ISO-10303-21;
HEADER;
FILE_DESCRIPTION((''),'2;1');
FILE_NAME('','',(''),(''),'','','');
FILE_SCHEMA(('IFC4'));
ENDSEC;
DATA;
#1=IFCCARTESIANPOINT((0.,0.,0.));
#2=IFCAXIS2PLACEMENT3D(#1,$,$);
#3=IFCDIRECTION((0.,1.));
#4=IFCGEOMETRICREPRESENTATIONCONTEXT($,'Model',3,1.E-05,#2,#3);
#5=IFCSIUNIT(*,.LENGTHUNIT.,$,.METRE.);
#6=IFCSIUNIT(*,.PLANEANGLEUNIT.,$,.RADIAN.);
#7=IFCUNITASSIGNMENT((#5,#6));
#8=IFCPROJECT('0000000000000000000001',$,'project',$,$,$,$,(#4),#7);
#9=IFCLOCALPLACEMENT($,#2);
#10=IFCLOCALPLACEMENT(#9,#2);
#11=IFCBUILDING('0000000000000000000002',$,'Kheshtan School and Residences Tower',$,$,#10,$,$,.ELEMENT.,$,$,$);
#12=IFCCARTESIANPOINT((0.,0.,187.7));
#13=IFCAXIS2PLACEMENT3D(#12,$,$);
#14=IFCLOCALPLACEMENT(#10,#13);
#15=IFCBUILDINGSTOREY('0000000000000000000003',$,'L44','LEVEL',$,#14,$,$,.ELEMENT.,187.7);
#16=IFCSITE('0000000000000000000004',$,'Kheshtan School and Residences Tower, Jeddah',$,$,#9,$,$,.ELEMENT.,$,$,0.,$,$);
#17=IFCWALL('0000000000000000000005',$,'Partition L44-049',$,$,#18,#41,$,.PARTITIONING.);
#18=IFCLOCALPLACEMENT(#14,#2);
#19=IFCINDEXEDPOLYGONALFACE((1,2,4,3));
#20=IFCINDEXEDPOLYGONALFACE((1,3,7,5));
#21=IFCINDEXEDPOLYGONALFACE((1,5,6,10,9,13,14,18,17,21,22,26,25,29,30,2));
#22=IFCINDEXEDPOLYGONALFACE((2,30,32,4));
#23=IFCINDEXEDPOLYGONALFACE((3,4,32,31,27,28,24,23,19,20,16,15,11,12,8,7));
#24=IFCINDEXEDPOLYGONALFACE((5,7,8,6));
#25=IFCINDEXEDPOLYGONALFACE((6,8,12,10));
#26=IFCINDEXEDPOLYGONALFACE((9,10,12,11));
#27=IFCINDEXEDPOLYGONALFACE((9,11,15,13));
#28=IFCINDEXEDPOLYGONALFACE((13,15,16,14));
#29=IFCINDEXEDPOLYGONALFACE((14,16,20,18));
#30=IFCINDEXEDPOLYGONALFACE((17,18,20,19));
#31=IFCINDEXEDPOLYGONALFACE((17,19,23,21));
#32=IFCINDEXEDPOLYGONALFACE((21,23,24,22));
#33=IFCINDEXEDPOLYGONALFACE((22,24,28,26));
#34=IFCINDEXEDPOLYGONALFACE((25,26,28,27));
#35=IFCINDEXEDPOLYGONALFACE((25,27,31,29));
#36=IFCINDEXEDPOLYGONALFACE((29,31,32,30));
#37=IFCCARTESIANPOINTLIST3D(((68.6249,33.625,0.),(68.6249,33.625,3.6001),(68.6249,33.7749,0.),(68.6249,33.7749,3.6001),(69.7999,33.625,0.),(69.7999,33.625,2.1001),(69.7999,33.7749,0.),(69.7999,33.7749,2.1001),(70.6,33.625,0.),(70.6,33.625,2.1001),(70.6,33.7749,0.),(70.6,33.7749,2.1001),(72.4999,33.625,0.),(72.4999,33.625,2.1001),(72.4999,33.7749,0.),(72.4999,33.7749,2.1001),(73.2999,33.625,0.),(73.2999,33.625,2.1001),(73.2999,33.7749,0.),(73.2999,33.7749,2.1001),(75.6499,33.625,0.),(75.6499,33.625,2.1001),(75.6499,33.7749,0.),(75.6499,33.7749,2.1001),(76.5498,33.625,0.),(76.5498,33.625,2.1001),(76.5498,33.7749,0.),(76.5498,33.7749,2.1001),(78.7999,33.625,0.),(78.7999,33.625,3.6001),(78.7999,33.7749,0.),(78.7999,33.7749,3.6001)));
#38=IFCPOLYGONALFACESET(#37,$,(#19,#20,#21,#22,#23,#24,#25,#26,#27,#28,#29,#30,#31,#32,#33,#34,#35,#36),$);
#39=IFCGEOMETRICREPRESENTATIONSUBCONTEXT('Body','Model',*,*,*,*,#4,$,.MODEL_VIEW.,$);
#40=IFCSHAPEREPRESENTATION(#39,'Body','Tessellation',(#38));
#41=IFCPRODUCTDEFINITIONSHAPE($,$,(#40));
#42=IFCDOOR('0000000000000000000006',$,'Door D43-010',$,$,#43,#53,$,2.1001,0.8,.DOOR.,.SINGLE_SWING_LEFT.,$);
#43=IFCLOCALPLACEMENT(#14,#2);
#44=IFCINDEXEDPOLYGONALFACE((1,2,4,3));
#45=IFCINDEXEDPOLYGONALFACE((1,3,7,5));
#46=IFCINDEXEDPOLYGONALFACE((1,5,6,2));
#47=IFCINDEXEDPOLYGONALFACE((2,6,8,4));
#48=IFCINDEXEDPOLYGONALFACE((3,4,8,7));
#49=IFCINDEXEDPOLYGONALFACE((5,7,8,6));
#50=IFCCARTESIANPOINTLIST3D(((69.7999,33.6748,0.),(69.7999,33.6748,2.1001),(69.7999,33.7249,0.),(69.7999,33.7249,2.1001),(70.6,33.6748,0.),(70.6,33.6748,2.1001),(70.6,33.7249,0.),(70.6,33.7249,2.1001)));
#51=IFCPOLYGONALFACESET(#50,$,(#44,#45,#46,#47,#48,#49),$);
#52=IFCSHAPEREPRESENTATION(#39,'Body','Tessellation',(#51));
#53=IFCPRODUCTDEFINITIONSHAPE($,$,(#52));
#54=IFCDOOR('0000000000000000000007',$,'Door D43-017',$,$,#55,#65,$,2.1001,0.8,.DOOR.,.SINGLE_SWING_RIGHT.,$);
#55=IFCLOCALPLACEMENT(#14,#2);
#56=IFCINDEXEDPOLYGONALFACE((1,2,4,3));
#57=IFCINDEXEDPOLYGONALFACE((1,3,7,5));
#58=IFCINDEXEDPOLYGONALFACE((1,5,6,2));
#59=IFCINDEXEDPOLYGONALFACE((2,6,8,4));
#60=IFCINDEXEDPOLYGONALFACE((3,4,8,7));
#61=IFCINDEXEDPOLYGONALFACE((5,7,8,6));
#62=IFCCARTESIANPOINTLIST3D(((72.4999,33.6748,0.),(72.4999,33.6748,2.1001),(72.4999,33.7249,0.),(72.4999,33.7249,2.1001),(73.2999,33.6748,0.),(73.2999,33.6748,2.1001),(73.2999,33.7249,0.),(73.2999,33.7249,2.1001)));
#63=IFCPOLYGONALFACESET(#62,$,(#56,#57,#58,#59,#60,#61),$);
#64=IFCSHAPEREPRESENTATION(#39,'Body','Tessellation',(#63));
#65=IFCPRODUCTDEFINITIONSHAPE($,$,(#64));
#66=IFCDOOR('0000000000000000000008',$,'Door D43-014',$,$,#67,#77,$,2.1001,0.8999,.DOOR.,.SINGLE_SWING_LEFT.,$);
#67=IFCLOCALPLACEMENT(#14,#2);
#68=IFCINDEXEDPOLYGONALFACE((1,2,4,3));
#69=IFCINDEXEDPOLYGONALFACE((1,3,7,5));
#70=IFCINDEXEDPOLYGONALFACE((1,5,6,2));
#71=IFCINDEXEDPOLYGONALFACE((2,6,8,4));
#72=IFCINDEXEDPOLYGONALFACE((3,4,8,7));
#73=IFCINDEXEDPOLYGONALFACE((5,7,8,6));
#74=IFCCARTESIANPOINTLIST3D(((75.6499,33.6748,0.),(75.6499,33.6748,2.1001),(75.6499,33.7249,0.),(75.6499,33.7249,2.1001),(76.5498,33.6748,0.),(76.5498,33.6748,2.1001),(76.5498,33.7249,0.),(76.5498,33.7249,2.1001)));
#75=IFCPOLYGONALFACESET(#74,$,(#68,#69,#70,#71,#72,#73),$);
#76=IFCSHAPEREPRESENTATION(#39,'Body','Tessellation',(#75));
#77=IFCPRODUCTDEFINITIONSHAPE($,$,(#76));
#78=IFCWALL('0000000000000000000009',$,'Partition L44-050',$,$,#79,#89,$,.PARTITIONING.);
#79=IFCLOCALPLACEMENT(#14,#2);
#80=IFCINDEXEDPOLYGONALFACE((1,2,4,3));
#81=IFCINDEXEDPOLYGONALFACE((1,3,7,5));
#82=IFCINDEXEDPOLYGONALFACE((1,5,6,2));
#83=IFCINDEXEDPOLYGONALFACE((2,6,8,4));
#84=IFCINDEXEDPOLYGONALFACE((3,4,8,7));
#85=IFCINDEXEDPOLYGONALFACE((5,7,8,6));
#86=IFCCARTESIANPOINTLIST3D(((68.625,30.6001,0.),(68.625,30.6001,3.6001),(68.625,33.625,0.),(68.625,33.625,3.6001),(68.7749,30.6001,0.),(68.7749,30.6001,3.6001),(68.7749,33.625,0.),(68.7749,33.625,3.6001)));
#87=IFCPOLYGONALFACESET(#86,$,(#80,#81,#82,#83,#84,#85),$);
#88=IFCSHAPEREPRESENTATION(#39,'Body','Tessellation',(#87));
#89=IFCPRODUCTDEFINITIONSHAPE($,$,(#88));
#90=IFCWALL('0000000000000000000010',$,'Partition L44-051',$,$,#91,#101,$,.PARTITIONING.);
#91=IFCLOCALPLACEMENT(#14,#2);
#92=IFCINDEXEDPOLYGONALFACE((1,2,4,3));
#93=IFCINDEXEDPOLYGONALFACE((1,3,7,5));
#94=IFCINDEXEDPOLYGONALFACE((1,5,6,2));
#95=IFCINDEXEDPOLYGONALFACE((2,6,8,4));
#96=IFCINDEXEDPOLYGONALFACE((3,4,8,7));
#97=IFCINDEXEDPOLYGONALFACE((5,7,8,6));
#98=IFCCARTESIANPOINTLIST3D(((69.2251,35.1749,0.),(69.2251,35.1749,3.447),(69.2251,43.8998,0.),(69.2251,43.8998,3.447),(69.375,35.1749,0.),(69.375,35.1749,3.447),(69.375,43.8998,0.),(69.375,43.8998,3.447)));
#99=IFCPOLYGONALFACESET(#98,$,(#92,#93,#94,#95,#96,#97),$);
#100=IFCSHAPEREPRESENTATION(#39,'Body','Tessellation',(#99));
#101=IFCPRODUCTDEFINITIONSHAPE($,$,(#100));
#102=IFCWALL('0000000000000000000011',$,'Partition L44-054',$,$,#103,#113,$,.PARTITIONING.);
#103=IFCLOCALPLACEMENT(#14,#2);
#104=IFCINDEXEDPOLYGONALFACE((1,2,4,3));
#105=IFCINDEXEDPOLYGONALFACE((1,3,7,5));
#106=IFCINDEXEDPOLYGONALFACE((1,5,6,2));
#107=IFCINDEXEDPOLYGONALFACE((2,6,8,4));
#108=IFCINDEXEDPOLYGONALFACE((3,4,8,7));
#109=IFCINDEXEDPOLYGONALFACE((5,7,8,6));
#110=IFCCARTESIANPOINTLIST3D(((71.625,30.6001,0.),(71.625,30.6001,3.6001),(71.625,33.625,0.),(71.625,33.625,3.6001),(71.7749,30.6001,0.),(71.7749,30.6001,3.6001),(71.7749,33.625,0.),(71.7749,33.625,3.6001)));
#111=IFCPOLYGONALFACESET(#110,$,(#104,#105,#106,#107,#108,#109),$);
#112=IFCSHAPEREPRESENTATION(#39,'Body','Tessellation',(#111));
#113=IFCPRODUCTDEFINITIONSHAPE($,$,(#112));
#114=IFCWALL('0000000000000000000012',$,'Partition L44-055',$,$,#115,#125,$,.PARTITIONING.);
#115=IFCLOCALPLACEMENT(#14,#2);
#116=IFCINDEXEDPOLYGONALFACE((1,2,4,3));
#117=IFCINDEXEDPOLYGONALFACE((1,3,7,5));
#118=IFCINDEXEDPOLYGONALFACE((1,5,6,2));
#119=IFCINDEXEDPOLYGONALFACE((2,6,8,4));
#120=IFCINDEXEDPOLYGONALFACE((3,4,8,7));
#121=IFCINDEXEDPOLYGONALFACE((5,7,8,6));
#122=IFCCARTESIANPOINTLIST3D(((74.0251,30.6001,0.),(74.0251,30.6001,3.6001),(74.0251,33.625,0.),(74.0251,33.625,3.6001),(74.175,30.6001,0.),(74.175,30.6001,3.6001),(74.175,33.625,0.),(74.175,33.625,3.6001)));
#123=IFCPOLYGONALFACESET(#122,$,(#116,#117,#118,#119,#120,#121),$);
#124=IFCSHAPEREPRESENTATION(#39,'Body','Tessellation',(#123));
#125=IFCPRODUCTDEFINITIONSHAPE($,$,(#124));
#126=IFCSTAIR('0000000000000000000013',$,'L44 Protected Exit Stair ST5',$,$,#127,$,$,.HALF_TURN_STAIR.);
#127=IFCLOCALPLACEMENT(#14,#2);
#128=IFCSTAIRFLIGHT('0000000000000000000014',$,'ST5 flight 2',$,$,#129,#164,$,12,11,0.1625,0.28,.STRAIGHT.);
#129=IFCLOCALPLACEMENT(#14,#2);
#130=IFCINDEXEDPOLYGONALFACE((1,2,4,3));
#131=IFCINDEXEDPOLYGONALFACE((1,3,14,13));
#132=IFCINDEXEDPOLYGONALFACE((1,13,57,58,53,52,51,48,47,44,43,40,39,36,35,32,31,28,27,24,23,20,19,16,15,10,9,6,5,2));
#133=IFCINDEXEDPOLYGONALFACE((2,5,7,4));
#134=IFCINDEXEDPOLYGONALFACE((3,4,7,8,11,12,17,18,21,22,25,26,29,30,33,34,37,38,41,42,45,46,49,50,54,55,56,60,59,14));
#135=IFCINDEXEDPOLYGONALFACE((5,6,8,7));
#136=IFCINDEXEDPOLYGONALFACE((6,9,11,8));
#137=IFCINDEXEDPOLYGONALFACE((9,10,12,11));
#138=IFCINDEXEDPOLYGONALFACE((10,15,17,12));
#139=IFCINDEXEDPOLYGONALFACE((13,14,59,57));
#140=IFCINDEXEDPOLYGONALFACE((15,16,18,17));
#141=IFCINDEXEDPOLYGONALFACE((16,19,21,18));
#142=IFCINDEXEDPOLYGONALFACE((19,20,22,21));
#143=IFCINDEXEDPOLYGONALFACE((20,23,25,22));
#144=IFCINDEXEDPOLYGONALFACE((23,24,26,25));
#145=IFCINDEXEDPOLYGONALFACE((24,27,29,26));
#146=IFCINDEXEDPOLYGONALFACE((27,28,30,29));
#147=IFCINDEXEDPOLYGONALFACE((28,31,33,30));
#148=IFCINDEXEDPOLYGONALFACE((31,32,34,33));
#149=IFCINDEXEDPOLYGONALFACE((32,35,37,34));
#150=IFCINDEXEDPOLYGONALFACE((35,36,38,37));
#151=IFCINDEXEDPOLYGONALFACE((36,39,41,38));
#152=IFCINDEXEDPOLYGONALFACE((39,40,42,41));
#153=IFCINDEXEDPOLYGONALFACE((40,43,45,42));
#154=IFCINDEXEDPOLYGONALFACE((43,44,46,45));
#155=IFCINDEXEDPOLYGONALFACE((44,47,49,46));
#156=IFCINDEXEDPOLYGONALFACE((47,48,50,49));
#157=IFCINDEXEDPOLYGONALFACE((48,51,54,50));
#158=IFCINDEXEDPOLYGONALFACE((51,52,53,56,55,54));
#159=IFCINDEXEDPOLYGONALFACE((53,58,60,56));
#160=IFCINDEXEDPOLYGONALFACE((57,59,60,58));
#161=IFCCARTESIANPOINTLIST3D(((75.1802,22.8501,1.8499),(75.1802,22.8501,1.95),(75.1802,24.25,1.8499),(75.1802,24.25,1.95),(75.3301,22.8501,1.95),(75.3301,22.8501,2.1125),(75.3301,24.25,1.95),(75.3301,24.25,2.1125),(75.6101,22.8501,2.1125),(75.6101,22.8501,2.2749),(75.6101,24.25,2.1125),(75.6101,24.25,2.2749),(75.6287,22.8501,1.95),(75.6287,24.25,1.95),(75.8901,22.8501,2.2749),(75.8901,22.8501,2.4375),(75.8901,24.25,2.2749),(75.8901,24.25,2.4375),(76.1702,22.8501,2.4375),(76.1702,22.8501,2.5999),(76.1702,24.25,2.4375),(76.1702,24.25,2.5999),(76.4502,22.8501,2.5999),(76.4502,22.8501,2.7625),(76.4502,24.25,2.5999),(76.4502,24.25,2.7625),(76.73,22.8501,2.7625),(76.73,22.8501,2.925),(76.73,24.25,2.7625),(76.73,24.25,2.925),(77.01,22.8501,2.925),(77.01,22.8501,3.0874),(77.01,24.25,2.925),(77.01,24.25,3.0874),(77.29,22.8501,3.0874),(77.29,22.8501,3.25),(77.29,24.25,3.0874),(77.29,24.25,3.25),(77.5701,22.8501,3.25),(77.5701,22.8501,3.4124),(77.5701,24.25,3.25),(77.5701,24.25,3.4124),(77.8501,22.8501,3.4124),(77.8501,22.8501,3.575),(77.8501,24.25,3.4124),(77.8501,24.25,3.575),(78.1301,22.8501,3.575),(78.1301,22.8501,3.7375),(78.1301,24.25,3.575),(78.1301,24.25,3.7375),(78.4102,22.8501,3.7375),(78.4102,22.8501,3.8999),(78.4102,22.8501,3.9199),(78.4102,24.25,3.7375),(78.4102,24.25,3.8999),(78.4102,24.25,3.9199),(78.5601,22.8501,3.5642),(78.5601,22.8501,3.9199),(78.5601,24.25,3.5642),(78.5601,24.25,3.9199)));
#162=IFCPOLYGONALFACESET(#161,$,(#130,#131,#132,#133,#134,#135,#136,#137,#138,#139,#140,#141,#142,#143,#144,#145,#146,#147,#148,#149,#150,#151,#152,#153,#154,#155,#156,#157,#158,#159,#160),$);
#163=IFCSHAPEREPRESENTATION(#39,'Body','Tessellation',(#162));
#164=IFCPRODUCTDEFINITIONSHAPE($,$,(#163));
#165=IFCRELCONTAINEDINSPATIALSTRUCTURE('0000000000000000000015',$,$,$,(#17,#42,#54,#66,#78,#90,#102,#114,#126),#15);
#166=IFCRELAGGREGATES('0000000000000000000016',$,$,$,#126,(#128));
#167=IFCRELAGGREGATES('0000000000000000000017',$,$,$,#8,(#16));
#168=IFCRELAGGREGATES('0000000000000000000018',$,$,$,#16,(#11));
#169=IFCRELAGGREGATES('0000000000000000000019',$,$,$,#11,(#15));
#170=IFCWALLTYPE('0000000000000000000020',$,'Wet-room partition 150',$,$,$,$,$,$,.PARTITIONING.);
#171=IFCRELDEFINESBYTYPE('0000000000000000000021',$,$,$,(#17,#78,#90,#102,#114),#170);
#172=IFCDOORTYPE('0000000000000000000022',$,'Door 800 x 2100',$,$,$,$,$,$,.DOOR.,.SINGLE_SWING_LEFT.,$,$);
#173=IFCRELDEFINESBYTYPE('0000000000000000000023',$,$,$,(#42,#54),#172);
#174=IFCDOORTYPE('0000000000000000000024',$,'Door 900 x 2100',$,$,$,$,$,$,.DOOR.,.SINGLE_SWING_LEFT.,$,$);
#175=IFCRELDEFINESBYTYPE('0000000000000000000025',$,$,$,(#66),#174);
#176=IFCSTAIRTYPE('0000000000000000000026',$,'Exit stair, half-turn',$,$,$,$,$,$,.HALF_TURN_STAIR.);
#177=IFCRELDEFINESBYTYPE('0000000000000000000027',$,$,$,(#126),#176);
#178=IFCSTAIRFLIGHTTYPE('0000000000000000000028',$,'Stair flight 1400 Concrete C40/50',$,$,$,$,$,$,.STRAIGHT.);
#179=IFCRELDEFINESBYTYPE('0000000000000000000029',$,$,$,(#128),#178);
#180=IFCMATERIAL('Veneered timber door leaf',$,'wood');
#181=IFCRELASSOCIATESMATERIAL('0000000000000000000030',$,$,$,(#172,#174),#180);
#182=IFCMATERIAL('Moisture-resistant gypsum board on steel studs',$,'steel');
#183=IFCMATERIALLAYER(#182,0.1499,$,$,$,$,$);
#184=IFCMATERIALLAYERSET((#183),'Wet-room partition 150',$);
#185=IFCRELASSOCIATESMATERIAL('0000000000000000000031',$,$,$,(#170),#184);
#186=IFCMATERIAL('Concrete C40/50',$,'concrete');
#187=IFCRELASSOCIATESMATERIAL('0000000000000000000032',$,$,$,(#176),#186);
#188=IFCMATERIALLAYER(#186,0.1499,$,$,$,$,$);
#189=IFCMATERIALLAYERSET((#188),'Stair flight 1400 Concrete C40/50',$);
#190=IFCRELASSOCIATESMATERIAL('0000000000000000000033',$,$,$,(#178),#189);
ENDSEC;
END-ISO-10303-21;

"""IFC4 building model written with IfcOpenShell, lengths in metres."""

from ifc_helpers import new_model, si_unit, direction, frame, frame_2d, origin, place, context, subcontext, project, spatial, polyline, rectangle, outline, extrude, source, transform, mapped, material, layer, layer_set, type_object, element, fill, aggregate, save


model = new_model("IFC4")

# Units and contexts
model_context = context("Model", 3, precision=1e-05, world=origin(), true_north=direction((0.0, 1.0)))
body_context = subcontext(model_context, "Body", "Model", "MODEL_VIEW")
ifc_project = project(units=[si_unit("LENGTHUNIT", "METRE"), si_unit("PLANEANGLEUNIT", "RADIAN")], contexts=[model_context])

# Site, building, storey
site_placement = place(None, origin())
site = spatial("IfcSite", under=ifc_project, at=site_placement, Name="Kheshtan School and Residences Tower, Jeddah", CompositionType="ELEMENT", RefElevation=0.0)
building_placement = place(site_placement, origin())
building = spatial("IfcBuilding", under=site, at=building_placement, Name="Kheshtan School and Residences Tower", CompositionType="ELEMENT")
storey_placement = place(building_placement, frame((0.0, 0.0, 187.7)))
storey = spatial("IfcBuildingStorey", under=building, at=storey_placement, Name="L44", Description="LEVEL", CompositionType="ELEMENT", Elevation=187.7)

# Shared definitions
ifc_material_1 = material(Name="Veneered timber door leaf", Category="wood")
door_type_1 = type_object("IfcDoorType", Name="Door 800 x 2100", OperationType="SINGLE_SWING_LEFT", PredefinedType="DOOR", material=ifc_material_1)
shared_shape_1 = source(origin(), body_context, "Body", "SweptSolid", [
    extrude(rectangle(XDim=0.8, YDim=2.1001, at=frame_2d((0.3999, 1.05))), frame((0.0, 0.0249, 0.0), z_axis=(0.0, -1.0, 0.0), x_axis=(1.0, 0.0, 0.0)), (0.0, 0.0, 1.0), 0.05),
])

# Shared definitions
ifc_material_2 = material(Name="Concrete C40/50", Category="concrete")

# Wall, openings, doors
ifc_material_3 = material(Name="Moisture-resistant gypsum board on steel studs", Category="steel")
ifc_layer_1 = layer(ifc_material_3, 0.1499)
ifc_layer_set_1 = layer_set([ifc_layer_1], Name="Wet-room partition 150")
wall_type_1 = type_object("IfcWallType", Name="Wet-room partition 150", PredefinedType="PARTITIONING", material=ifc_layer_set_1)
door_type_2 = type_object("IfcDoorType", Name="Door 900 x 2100", OperationType="SINGLE_SWING_LEFT", PredefinedType="DOOR", material=ifc_material_1)
shared_shape_2 = source(origin(), body_context, "Body", "SweptSolid", [
    extrude(rectangle(XDim=0.8999, YDim=2.1001, at=frame_2d((0.45, 1.05))), frame((0.0, 0.0249, 0.0), z_axis=(0.0, -1.0, 0.0), x_axis=(1.0, 0.0, 0.0)), (0.0, 0.0, 1.0), 0.05),
])
wall_1_placement = place(storey_placement, frame((68.625, 33.7, 0.0), z_axis=(0.0, 0.0, 1.0), x_axis=(1.0, 0.0, 0.0)))
wall_1 = element("IfcWall", 1, at=wall_1_placement, inside=storey, type_object=wall_type_1, Name="Partition L44-049", PredefinedType="PARTITIONING", context=body_context, shape_type="SweptSolid", body=[
    extrude(rectangle(XDim=10.175, YDim=0.1499, at=frame_2d((5.0874, 0.0))), origin(), (0.0, 0.0, 1.0), 3.6001),
])
opening_1_placement = place(wall_1_placement, frame((1.175, 0.0, 0.0)))
opening_1 = element("IfcOpeningElement", 2, at=opening_1_placement, cuts=wall_1, PredefinedType="OPENING", context=body_context, shape_type="SweptSolid", body=[
    extrude(rectangle(XDim=0.8, YDim=2.1001, at=frame_2d((0.3999, 1.05))), frame((0.0, 0.085, 0.0), z_axis=(0.0, -1.0, 0.0), x_axis=(1.0, 0.0, 0.0)), (0.0, 0.0, 1.0), 0.1699),
])
opening_2_placement = place(wall_1_placement, frame((7.0249, 0.0, 0.0)))
opening_2 = element("IfcOpeningElement", 3, at=opening_2_placement, cuts=wall_1, PredefinedType="OPENING", context=body_context, shape_type="SweptSolid", body=[
    extrude(rectangle(XDim=0.8999, YDim=2.1001, at=frame_2d((0.45, 1.05))), frame((0.0, 0.085, 0.0), z_axis=(0.0, -1.0, 0.0), x_axis=(1.0, 0.0, 0.0)), (0.0, 0.0, 1.0), 0.1699),
])
opening_3_placement = place(wall_1_placement, frame((3.875, 0.0, 0.0)))
opening_3 = element("IfcOpeningElement", 4, at=opening_3_placement, cuts=wall_1, PredefinedType="OPENING", context=body_context, shape_type="SweptSolid", body=[
    extrude(rectangle(XDim=0.8, YDim=2.1001, at=frame_2d((0.3999, 1.05))), frame((0.0, 0.085, 0.0), z_axis=(0.0, -1.0, 0.0), x_axis=(1.0, 0.0, 0.0)), (0.0, 0.0, 1.0), 0.1699),
])
door_1_placement = place(opening_1_placement, origin())
door_1 = element("IfcDoor", 5, at=door_1_placement, inside=storey, type_object=door_type_1, Name="Door D43-010", OperationType="SINGLE_SWING_LEFT", OverallHeight=2.1001, OverallWidth=0.8, PredefinedType="DOOR", context=body_context, shape_type="MappedRepresentation", body=[
    mapped(shared_shape_1, transform((0.0, 0.0, 0.0), x_axis=(1.0, 0.0, 0.0), y_axis=(0.0, 1.0, 0.0), z_axis=(0.0, 0.0, 1.0), scale=1.0)),
])
fill(opening_1, door_1)
door_2_placement = place(opening_3_placement, origin())
door_2 = element("IfcDoor", 6, at=door_2_placement, inside=storey, type_object=door_type_1, Name="Door D43-017", OperationType="SINGLE_SWING_RIGHT", OverallHeight=2.1001, OverallWidth=0.8, PredefinedType="DOOR", context=body_context, shape_type="MappedRepresentation", body=[
    mapped(shared_shape_1, transform((0.0, 0.0, 0.0), x_axis=(1.0, 0.0, 0.0), y_axis=(0.0, 1.0, 0.0), z_axis=(0.0, 0.0, 1.0), scale=1.0)),
])
fill(opening_3, door_2)
door_3_placement = place(opening_2_placement, origin())
door_3 = element("IfcDoor", 7, at=door_3_placement, inside=storey, type_object=door_type_2, Name="Door D43-014", OperationType="SINGLE_SWING_LEFT", OverallHeight=2.1001, OverallWidth=0.8999, PredefinedType="DOOR", context=body_context, shape_type="MappedRepresentation", body=[
    mapped(shared_shape_2, transform((0.0, 0.0, 0.0), x_axis=(1.0, 0.0, 0.0), y_axis=(0.0, 1.0, 0.0), z_axis=(0.0, 0.0, 1.0), scale=1.0)),
])
fill(opening_2, door_3)

# Walls
wall_2_placement = place(storey_placement, frame((68.7, 30.6001, 0.0), z_axis=(0.0, 0.0, 1.0), x_axis=(0.0, 1.0, 0.0)))
element("IfcWall", 8, at=wall_2_placement, inside=storey, type_object=wall_type_1, Name="Partition L44-050", PredefinedType="PARTITIONING", context=body_context, shape_type="SweptSolid", body=[
    extrude(rectangle(XDim=3.0249, YDim=0.1499, at=frame_2d((1.5125, 0.0))), origin(), (0.0, 0.0, 1.0), 3.6001),
])
wall_3_placement = place(storey_placement, frame((69.3, 35.175, 0.0), z_axis=(0.0, 0.0, 1.0), x_axis=(0.0, 1.0, 0.0)))
element("IfcWall", 9, at=wall_3_placement, inside=storey, type_object=wall_type_1, Name="Partition L44-051", PredefinedType="PARTITIONING", context=body_context, shape_type="SweptSolid", body=[
    extrude(rectangle(XDim=8.7249, YDim=0.1499, at=frame_2d((4.3623, 0.0))), origin(), (0.0, 0.0, 1.0), 3.447),
])
for number, where, z_axis, x_axis, name in (
    (10, (71.7, 30.6001, 0.0), (0.0, 0.0, 1.0), (0.0, 1.0, 0.0), "Partition L44-054"),
    (11, (74.1001, 30.6001, 0.0), (0.0, 0.0, 1.0), (0.0, 1.0, 0.0), "Partition L44-055"),
):
    element("IfcWall", number, at=place(storey_placement, frame(where, z_axis=z_axis, x_axis=x_axis)), inside=storey, type_object=wall_type_1, Name=name, PredefinedType="PARTITIONING", context=body_context, shape_type="SweptSolid", body=[
        extrude(rectangle(XDim=3.0249, YDim=0.1499, at=frame_2d((1.5125, 0.0))), origin(), (0.0, 0.0, 1.0), 3.6001),
    ])

# Stair, stair flight
stair_type = type_object("IfcStairType", Name="Exit stair, half-turn", PredefinedType="HALF_TURN_STAIR", material=ifc_material_2)
stair_placement = place(storey_placement, origin())
stair = element("IfcStair", 12, at=stair_placement, inside=storey, type_object=stair_type, Name="L44 Protected Exit Stair ST5", PredefinedType="HALF_TURN_STAIR")
ifc_layer_2 = layer(ifc_material_2, 0.1499)
ifc_layer_set_2 = layer_set([ifc_layer_2], Name="Stair flight 1400 Concrete C40/50")
stair_flight_type = type_object("IfcStairFlightType", Name="Stair flight 1400 Concrete C40/50", PredefinedType="STRAIGHT", material=ifc_layer_set_2)
stair_flight_placement = place(storey_placement, frame((75.3301, 23.55, 1.95), z_axis=(0.0, 0.0, 1.0), x_axis=(1.0, 0.0, 0.0)))
stair_flight = element("IfcStairFlight", 13, at=stair_flight_placement, type_object=stair_flight_type, Name="ST5 flight 2", NumberOfRisers=12, NumberOfTreads=11, PredefinedType="STRAIGHT", RiserHeight=0.1625, TreadLength=0.28, context=body_context, shape_type="SweptSolid", body=[
    extrude(outline(polyline([(-0.1499, -0.1001), (-0.1499, 0.0), (0.0, 0.0), (0.0, 0.1626), (0.28, 0.1626), (0.28, 0.325), (0.5601, 0.325), (0.5601, 0.4875), (0.8401, 0.4875), (0.8401, 0.6499), (1.1201, 0.6499), (1.1201, 0.8125), (1.3999, 0.8125), (1.3999, 0.9751), (1.6799, 0.9751), (1.6799, 1.1375), (1.96, 1.1375), (1.96, 1.3), (2.24, 1.3), (2.24, 1.4624), (2.52, 1.4624), (2.52, 1.625), (2.8, 1.625), (2.8, 1.7876), (3.0801, 1.7876), (3.0801, 1.95), (3.0801, 1.97), (3.23, 1.97), (3.23, 1.6143), (0.2986, 0.0), (-0.1499, -0.1001)])), frame((0.0, 0.7, 0.0), z_axis=(0.0, -1.0, 0.0), x_axis=(1.0, 0.0, 0.0)), (0.0, 0.0, 1.0), 1.3999),
])
aggregate(stair, [stair_flight])

save(model, "model.ifc")
